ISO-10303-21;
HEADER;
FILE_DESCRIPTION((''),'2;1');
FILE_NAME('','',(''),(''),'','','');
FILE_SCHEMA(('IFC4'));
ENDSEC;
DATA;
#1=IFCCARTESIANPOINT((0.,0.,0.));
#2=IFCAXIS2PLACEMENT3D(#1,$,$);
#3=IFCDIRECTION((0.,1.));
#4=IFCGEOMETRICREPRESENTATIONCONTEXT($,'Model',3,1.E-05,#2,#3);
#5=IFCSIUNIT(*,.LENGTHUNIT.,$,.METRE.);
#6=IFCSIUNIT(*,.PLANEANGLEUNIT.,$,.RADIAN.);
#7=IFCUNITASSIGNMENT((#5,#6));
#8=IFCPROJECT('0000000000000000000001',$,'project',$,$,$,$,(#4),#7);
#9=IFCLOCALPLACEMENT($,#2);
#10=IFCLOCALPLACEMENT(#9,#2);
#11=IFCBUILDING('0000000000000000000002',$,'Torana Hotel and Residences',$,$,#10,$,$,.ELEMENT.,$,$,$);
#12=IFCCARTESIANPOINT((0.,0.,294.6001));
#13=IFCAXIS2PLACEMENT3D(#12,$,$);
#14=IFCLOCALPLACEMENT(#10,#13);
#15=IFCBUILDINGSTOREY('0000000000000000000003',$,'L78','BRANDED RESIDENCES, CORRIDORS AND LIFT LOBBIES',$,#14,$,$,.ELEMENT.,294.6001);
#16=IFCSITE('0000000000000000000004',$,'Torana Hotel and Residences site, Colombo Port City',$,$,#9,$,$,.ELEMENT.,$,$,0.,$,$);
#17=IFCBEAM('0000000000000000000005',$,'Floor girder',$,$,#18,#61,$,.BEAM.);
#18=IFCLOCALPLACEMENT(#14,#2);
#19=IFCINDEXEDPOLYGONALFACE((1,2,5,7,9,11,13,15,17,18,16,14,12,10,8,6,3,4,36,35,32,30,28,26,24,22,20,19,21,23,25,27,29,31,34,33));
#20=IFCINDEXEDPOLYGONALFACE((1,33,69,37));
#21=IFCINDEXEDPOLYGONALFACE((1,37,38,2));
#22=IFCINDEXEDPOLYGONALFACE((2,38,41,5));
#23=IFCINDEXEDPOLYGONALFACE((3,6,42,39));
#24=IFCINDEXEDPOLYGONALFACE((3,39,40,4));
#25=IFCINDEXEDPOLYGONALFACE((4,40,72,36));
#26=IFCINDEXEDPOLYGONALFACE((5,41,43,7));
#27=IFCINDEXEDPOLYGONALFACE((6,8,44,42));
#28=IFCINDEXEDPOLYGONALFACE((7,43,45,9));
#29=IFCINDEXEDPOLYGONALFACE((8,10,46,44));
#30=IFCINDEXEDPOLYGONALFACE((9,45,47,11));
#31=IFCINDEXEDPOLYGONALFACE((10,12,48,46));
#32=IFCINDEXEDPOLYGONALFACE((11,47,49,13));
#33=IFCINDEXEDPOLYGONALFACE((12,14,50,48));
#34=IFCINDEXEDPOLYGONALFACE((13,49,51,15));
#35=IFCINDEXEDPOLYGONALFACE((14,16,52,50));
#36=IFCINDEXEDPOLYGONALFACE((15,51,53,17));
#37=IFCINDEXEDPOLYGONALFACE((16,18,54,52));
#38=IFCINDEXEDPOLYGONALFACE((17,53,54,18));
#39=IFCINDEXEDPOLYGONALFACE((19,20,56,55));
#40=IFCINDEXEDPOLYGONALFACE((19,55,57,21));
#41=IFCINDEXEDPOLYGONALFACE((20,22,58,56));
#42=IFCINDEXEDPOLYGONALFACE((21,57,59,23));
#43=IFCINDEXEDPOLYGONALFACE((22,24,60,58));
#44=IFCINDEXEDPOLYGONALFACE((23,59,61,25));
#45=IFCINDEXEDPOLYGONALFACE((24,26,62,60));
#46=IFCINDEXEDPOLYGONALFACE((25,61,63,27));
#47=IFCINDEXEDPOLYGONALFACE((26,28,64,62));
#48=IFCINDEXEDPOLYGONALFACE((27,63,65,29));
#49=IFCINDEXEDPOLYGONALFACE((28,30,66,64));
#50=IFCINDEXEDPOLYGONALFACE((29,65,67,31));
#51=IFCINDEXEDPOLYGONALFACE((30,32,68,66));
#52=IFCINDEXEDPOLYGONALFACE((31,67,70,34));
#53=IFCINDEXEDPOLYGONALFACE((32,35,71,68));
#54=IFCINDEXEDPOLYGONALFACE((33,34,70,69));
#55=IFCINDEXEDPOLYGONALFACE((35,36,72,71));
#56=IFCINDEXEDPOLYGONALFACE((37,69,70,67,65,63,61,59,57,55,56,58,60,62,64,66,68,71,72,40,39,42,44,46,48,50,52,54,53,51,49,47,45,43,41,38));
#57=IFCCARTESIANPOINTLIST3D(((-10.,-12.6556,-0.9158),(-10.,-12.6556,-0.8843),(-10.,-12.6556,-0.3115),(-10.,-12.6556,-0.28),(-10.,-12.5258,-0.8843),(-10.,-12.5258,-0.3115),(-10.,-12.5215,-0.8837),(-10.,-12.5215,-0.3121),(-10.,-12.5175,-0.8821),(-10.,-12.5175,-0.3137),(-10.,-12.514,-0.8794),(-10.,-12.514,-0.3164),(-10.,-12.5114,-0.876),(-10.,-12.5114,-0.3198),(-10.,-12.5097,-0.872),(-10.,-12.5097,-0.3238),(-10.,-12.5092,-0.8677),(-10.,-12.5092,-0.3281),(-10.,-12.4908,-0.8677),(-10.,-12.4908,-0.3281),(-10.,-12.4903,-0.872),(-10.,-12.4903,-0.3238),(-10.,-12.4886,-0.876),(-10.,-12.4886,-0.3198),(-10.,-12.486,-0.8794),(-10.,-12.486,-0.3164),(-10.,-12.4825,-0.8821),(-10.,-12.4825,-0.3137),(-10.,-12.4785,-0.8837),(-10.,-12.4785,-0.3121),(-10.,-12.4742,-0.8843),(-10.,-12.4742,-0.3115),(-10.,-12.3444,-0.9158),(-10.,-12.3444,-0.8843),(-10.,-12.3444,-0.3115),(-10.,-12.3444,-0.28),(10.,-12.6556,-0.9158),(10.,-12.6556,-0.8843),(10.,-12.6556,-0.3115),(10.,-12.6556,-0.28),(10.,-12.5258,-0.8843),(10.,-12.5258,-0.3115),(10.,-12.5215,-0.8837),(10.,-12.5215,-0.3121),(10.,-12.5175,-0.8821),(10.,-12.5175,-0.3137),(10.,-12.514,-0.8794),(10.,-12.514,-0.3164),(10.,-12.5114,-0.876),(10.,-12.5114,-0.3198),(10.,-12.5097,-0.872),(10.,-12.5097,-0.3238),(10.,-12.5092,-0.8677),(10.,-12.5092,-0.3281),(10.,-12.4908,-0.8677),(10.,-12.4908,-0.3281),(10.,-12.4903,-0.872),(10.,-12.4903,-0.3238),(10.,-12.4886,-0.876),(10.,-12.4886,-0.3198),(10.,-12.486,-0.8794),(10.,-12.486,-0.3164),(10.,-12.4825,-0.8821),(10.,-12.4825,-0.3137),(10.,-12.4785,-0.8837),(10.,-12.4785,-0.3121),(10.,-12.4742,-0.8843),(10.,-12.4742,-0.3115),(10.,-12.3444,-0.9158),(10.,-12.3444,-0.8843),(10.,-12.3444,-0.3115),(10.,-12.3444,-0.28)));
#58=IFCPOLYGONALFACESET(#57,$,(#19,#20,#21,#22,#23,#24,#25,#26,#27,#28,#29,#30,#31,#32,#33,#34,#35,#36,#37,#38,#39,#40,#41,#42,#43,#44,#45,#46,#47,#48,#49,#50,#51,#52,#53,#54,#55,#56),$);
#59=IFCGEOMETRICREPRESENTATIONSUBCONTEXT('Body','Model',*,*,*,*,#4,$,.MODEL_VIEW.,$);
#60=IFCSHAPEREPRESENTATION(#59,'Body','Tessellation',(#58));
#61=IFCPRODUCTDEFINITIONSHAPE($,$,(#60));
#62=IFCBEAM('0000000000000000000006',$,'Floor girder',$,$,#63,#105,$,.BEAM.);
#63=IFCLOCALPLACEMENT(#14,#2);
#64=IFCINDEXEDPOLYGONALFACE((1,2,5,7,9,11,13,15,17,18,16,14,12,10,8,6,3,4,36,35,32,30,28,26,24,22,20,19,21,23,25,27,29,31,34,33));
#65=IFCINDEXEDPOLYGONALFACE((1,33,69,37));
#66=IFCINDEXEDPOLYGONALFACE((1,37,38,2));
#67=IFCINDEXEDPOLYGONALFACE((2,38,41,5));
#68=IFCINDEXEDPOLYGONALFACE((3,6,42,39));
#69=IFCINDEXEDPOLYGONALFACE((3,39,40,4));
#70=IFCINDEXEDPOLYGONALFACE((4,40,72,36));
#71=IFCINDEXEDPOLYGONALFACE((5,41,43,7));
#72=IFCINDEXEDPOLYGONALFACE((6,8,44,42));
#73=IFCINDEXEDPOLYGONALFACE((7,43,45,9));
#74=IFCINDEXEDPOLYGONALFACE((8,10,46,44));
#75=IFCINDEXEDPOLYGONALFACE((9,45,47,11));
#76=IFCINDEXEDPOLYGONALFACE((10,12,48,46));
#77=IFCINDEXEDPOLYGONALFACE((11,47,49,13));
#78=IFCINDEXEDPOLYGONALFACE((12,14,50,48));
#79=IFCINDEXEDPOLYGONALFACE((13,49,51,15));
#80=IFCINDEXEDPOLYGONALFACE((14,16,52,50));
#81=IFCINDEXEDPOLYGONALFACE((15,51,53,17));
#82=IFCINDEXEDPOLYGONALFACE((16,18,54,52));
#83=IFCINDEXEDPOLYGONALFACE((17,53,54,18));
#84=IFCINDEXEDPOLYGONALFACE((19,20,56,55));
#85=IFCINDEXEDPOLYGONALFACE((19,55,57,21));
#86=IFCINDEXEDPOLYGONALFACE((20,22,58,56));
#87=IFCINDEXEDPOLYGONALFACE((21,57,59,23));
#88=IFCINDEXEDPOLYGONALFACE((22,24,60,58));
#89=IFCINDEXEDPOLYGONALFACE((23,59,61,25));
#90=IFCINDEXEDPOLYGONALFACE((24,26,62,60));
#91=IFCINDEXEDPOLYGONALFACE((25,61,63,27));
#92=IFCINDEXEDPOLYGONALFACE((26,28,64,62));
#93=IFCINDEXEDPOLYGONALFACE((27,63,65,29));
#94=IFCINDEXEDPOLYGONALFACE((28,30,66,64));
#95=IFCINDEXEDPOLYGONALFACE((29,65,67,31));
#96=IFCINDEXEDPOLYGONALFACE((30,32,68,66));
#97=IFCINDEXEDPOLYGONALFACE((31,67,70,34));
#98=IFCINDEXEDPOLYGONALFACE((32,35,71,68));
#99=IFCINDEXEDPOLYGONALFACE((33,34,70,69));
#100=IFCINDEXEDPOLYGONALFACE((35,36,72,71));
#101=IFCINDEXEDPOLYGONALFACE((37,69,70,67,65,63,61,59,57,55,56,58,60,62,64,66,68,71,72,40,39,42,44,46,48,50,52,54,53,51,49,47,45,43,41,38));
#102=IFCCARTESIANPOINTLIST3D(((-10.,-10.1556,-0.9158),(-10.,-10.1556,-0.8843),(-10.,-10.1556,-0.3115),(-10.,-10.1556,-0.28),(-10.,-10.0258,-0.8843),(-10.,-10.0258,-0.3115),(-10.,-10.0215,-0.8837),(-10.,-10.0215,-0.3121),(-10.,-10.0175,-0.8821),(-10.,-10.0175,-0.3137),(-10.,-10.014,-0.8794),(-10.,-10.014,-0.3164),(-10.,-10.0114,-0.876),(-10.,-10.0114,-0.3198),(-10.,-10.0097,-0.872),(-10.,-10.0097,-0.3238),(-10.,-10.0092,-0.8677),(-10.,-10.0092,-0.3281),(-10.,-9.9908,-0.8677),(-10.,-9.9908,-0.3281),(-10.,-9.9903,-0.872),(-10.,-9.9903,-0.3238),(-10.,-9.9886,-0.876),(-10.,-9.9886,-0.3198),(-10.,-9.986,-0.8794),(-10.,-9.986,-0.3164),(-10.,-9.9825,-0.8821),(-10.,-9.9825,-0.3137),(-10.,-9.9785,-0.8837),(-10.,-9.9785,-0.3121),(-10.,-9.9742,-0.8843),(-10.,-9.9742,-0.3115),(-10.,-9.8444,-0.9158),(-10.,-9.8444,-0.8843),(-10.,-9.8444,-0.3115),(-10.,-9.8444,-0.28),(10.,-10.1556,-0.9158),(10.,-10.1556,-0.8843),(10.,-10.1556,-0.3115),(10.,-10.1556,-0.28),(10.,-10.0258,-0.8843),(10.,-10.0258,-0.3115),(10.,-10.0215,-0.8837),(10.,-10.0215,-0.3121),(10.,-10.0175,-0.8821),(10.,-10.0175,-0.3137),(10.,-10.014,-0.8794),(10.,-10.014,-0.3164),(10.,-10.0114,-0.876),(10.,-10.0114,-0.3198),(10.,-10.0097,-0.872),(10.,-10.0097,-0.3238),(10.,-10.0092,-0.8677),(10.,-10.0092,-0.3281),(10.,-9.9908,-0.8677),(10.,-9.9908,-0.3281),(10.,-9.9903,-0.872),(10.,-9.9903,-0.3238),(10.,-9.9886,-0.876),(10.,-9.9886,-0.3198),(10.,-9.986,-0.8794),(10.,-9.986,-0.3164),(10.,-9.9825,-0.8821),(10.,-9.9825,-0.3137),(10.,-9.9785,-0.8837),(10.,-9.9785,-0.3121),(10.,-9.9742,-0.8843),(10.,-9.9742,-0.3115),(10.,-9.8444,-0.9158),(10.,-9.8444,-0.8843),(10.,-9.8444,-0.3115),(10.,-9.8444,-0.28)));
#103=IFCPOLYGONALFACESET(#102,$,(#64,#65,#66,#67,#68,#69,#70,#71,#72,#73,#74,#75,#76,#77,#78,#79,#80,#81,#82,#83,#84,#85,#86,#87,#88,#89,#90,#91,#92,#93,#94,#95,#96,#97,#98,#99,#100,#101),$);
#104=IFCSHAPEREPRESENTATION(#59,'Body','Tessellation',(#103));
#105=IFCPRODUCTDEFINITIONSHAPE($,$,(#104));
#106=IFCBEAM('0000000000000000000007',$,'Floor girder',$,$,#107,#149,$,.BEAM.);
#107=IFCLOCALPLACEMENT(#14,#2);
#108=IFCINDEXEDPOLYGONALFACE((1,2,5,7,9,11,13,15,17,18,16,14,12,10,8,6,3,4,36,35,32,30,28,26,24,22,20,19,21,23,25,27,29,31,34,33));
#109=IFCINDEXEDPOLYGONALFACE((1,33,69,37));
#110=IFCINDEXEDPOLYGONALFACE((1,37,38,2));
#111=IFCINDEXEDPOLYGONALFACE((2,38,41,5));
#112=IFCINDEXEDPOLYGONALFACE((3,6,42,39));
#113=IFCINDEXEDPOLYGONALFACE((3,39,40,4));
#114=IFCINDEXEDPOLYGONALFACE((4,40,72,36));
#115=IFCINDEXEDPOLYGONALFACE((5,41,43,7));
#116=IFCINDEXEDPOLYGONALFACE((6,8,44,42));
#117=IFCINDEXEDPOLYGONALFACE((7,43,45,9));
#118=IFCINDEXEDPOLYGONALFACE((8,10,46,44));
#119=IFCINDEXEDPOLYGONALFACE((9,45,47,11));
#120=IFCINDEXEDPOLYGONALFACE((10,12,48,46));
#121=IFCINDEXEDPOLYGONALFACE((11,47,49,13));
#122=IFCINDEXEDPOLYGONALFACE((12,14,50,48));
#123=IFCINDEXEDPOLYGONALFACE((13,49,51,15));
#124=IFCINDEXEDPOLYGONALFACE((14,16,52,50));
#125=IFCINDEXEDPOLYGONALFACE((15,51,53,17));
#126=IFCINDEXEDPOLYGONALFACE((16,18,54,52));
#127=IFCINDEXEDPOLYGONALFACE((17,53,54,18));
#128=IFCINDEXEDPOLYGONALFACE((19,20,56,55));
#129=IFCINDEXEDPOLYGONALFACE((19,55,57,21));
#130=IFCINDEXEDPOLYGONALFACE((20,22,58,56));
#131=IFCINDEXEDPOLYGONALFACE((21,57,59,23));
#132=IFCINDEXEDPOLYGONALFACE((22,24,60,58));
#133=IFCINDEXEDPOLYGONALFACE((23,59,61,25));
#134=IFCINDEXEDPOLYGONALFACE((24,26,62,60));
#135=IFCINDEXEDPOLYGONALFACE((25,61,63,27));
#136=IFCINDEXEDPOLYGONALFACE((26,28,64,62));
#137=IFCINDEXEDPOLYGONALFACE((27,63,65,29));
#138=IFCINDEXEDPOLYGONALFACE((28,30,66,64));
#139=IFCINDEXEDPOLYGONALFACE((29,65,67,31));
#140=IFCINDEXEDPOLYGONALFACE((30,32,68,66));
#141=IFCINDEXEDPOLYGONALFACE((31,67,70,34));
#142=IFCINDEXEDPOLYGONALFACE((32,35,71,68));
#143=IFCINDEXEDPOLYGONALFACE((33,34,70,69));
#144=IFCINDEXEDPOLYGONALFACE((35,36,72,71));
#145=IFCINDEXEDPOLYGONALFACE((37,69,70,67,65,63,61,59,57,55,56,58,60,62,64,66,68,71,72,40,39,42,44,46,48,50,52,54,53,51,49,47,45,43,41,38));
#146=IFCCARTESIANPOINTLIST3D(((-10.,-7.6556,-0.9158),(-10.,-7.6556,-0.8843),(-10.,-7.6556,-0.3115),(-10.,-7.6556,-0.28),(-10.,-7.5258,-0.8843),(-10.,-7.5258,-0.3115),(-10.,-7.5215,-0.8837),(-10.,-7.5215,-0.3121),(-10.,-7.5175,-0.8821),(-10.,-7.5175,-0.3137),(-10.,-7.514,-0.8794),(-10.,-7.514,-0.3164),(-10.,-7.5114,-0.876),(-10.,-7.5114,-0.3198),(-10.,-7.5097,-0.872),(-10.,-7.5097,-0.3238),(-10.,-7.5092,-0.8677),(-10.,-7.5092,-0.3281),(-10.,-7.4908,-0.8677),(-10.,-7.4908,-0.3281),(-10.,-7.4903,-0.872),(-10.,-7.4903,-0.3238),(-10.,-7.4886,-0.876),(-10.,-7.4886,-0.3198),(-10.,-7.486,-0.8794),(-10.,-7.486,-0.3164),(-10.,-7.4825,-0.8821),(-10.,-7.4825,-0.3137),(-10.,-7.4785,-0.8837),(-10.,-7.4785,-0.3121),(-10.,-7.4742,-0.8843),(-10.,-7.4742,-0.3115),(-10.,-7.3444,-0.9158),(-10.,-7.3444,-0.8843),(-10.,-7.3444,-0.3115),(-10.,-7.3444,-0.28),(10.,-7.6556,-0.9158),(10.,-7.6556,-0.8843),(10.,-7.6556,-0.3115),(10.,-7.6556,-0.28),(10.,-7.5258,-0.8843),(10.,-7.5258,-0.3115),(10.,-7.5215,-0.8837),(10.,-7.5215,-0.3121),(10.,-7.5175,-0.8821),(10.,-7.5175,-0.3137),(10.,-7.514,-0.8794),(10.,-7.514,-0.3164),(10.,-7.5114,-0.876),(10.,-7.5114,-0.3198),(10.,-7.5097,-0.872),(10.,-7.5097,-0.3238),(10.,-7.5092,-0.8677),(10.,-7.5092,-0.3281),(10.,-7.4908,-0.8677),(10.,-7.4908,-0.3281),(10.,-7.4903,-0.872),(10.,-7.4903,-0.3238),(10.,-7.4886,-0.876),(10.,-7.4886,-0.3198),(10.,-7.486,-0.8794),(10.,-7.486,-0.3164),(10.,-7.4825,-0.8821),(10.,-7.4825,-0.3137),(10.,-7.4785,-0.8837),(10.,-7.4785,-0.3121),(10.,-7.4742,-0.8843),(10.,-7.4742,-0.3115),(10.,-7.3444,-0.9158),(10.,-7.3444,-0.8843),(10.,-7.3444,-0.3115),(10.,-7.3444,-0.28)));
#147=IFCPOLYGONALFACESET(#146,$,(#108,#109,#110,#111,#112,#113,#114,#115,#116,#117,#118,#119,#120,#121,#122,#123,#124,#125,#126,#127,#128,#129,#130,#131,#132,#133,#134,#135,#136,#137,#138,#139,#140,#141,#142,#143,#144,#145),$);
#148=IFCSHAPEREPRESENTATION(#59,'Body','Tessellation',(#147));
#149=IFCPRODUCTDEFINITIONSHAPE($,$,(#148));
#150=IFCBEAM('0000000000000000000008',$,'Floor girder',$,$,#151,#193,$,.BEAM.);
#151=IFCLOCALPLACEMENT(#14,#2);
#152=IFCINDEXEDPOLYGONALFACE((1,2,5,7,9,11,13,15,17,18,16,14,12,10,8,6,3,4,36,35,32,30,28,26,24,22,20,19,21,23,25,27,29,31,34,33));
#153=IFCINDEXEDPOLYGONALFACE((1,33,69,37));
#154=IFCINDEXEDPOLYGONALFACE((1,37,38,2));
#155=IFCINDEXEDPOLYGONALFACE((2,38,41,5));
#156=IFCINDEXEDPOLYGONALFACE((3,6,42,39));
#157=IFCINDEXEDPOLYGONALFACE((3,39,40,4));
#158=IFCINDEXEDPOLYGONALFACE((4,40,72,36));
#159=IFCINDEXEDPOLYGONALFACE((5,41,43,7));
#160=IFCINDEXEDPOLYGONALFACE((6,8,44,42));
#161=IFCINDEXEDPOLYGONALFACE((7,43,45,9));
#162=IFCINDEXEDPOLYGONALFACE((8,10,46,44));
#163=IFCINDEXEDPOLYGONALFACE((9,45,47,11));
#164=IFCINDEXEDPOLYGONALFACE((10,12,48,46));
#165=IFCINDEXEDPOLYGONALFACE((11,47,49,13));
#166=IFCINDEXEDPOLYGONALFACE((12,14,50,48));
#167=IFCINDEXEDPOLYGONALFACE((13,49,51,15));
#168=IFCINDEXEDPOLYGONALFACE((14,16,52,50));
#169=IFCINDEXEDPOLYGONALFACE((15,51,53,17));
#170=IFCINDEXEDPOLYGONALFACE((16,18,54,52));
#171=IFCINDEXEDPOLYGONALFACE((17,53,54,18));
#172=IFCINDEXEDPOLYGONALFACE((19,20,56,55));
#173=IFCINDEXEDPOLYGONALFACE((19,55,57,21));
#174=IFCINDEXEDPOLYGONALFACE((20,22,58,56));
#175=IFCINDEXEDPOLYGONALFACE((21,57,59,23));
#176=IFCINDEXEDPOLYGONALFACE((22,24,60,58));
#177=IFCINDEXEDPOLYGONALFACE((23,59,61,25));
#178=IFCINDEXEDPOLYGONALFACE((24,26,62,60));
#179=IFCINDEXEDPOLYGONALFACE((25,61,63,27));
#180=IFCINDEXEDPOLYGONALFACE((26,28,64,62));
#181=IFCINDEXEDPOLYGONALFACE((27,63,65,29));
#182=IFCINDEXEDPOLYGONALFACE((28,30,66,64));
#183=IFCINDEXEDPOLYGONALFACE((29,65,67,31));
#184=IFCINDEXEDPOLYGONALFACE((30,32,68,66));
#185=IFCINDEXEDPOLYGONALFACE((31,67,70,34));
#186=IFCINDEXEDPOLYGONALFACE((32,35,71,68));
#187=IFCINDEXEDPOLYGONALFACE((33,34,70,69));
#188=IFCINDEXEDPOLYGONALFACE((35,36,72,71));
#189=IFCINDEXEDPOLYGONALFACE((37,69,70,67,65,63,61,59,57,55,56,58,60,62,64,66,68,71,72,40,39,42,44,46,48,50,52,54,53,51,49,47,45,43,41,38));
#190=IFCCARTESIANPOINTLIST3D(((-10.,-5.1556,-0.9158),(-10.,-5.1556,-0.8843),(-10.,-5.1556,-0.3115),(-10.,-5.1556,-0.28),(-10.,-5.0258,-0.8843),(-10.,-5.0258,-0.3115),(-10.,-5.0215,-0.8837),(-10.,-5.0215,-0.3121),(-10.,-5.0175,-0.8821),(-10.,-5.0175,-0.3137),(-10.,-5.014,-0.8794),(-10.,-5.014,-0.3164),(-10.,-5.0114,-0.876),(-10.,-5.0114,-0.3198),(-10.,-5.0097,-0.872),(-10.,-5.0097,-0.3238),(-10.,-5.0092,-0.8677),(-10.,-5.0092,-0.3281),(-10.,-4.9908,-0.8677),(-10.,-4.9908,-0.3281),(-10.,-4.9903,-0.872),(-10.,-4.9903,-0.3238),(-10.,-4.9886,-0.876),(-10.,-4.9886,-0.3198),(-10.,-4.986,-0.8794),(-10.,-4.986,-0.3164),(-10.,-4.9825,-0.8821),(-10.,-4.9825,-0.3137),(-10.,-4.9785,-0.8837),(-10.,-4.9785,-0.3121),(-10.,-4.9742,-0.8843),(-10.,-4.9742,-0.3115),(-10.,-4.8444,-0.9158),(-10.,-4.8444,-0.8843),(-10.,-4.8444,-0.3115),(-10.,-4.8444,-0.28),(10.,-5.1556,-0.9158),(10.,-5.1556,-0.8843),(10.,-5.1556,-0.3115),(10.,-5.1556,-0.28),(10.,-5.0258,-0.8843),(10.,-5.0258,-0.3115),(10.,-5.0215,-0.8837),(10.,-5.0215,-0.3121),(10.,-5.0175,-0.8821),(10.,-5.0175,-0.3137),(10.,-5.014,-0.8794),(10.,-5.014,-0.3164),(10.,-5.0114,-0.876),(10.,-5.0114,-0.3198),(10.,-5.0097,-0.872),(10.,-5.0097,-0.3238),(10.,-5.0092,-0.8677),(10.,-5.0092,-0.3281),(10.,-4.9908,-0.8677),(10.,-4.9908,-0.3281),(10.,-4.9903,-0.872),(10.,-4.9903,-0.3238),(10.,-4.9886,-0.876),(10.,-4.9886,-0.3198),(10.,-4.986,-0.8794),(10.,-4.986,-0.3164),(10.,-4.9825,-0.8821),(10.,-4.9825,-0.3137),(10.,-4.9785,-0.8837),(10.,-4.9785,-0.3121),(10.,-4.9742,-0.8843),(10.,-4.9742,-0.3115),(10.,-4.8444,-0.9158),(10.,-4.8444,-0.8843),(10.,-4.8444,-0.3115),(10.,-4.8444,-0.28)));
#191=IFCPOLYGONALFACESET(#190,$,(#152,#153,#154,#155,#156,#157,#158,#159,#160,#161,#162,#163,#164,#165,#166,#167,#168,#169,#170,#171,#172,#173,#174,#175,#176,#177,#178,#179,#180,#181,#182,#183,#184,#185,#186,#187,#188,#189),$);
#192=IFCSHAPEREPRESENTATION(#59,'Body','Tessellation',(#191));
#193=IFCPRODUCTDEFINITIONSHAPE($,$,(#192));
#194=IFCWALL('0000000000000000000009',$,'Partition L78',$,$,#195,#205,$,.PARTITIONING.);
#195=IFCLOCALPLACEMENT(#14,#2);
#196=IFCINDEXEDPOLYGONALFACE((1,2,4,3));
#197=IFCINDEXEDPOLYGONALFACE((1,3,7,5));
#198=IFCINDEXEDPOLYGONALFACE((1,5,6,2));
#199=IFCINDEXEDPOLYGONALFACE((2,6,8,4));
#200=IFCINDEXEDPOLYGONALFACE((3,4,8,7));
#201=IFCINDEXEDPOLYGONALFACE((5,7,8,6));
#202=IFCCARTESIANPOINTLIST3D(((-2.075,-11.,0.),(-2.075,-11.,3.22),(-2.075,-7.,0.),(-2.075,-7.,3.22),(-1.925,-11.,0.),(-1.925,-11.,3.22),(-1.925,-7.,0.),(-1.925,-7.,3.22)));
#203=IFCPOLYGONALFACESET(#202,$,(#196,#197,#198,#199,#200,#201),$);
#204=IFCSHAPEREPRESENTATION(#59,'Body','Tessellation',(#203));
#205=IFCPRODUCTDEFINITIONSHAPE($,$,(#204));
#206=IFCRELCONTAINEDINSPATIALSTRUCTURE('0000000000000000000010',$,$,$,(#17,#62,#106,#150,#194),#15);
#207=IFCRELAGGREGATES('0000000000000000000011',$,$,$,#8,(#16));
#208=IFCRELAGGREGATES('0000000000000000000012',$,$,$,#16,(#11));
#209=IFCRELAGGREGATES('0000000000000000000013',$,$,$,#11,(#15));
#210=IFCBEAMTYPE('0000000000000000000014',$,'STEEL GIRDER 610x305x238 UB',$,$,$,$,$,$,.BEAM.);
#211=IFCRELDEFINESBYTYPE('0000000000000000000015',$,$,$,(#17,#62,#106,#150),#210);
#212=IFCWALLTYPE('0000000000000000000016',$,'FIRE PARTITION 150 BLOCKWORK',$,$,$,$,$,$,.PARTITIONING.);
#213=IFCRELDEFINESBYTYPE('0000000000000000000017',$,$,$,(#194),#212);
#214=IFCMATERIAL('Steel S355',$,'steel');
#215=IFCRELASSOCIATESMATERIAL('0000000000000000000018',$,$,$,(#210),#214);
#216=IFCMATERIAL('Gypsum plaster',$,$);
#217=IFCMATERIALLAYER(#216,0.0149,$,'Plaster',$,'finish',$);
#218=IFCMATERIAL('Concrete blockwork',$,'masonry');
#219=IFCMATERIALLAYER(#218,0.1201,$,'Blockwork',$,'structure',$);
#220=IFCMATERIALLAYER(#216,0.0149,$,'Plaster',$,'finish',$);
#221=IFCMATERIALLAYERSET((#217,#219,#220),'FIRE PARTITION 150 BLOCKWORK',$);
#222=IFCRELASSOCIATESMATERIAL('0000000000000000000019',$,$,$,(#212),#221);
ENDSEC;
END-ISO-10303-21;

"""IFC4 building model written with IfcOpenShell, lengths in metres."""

from ifc_helpers import new_model, si_unit, direction, frame, frame_2d, origin, origin_2d, place, context, subcontext, project, spatial, rectangle, i_section, extrude, material, layer, layer_set, material_profile, profile_set, type_object, element, save


model = new_model("IFC4")

# Units and contexts
model_context = context("Model", 3, precision=1e-05, world=origin(), true_north=direction((0.0, 1.0)))
body_context = subcontext(model_context, "Body", "Model", "MODEL_VIEW")
ifc_project = project(units=[si_unit("LENGTHUNIT", "METRE"), si_unit("PLANEANGLEUNIT", "RADIAN")], contexts=[model_context])

# Site, building, storey
site_placement = place(None, origin())
site = spatial("IfcSite", under=ifc_project, at=site_placement, Name="Torana Hotel and Residences site, Colombo Port City", CompositionType="ELEMENT", RefElevation=0.0)
building_placement = place(site_placement, origin())
building = spatial("IfcBuilding", under=site, at=building_placement, Name="Torana Hotel and Residences", CompositionType="ELEMENT")
storey_placement = place(building_placement, frame((0.0, 0.0, 294.6001)))
storey = spatial("IfcBuildingStorey", under=building, at=storey_placement, Name="L78", Description="BRANDED RESIDENCES, CORRIDORS AND LIFT LOBBIES", CompositionType="ELEMENT", Elevation=294.6001)

# Beams
ifc_material_1 = material(Name="Steel S355", Category="steel")
ifc_material_profile = material_profile(ifc_material_1, i_section(OverallWidth=0.3113, OverallDepth=0.6357, WebThickness=0.0183, FlangeThickness=0.0315, FilletRadius=0.0166, at=origin_2d()), Name="610x305x238 UB")
ifc_profile_set = profile_set([ifc_material_profile], Name="Steel S355")
beam_type = type_object("IfcBeamType", Name="STEEL GIRDER 610x305x238 UB", PredefinedType="BEAM", material=ifc_profile_set)
for number, where, z_axis, x_axis, name in (
    (1, (-10.0, -12.5, -0.5979), (1.0, 0.0, 0.0), (0.0, 1.0, 0.0), "Floor girder"),
    (2, (-10.0, -10.0, -0.5979), (1.0, 0.0, 0.0), (0.0, 1.0, 0.0), "Floor girder"),
    (3, (-10.0, -7.5, -0.5979), (1.0, 0.0, 0.0), (0.0, 1.0, 0.0), "Floor girder"),
    (4, (-10.0, -5.0, -0.5979), (1.0, 0.0, 0.0), (0.0, 1.0, 0.0), "Floor girder"),
):
    element("IfcBeam", number, at=place(storey_placement, frame(where, z_axis=z_axis, x_axis=x_axis)), inside=storey, type_object=beam_type, Name=name, PredefinedType="BEAM", context=body_context, shape_type="SweptSolid", body=[
        extrude(i_section(OverallWidth=0.3113, OverallDepth=0.6357, WebThickness=0.0183, FlangeThickness=0.0315, FilletRadius=0.0166, at=origin_2d()), origin(), (0.0, 0.0, 1.0), 20.0),
    ])

# Wall
ifc_material_2 = material(Name="Gypsum plaster")
ifc_layer_1 = layer(ifc_material_2, 0.0149, Name="Plaster", Category="finish")
ifc_material_3 = material(Name="Concrete blockwork", Category="masonry")
ifc_layer_2 = layer(ifc_material_3, 0.1201, Name="Blockwork", Category="structure")
ifc_layer_3 = layer(ifc_material_2, 0.0149, Name="Plaster", Category="finish")
ifc_layer_set_1 = layer_set([ifc_layer_1, ifc_layer_2, ifc_layer_3], Name="FIRE PARTITION 150 BLOCKWORK")
wall_type_1 = type_object("IfcWallType", Name="FIRE PARTITION 150 BLOCKWORK", PredefinedType="PARTITIONING", material=ifc_layer_set_1)
wall_1_placement = place(storey_placement, frame((-2.0, -11.0, 0.0), z_axis=(0.0, 0.0, 1.0), x_axis=(0.0, 1.0, 0.0)))
element("IfcWall", 5, at=wall_1_placement, inside=storey, type_object=wall_type_1, Name="Partition L78", PredefinedType="PARTITIONING", context=body_context, shape_type="SweptSolid", body=[
    extrude(rectangle(XDim=4.0, YDim=0.1499, at=frame_2d((2.0, 0.0))), origin(), (0.0, 0.0, 1.0), 3.22),
])

save(model, "model.ifc")
